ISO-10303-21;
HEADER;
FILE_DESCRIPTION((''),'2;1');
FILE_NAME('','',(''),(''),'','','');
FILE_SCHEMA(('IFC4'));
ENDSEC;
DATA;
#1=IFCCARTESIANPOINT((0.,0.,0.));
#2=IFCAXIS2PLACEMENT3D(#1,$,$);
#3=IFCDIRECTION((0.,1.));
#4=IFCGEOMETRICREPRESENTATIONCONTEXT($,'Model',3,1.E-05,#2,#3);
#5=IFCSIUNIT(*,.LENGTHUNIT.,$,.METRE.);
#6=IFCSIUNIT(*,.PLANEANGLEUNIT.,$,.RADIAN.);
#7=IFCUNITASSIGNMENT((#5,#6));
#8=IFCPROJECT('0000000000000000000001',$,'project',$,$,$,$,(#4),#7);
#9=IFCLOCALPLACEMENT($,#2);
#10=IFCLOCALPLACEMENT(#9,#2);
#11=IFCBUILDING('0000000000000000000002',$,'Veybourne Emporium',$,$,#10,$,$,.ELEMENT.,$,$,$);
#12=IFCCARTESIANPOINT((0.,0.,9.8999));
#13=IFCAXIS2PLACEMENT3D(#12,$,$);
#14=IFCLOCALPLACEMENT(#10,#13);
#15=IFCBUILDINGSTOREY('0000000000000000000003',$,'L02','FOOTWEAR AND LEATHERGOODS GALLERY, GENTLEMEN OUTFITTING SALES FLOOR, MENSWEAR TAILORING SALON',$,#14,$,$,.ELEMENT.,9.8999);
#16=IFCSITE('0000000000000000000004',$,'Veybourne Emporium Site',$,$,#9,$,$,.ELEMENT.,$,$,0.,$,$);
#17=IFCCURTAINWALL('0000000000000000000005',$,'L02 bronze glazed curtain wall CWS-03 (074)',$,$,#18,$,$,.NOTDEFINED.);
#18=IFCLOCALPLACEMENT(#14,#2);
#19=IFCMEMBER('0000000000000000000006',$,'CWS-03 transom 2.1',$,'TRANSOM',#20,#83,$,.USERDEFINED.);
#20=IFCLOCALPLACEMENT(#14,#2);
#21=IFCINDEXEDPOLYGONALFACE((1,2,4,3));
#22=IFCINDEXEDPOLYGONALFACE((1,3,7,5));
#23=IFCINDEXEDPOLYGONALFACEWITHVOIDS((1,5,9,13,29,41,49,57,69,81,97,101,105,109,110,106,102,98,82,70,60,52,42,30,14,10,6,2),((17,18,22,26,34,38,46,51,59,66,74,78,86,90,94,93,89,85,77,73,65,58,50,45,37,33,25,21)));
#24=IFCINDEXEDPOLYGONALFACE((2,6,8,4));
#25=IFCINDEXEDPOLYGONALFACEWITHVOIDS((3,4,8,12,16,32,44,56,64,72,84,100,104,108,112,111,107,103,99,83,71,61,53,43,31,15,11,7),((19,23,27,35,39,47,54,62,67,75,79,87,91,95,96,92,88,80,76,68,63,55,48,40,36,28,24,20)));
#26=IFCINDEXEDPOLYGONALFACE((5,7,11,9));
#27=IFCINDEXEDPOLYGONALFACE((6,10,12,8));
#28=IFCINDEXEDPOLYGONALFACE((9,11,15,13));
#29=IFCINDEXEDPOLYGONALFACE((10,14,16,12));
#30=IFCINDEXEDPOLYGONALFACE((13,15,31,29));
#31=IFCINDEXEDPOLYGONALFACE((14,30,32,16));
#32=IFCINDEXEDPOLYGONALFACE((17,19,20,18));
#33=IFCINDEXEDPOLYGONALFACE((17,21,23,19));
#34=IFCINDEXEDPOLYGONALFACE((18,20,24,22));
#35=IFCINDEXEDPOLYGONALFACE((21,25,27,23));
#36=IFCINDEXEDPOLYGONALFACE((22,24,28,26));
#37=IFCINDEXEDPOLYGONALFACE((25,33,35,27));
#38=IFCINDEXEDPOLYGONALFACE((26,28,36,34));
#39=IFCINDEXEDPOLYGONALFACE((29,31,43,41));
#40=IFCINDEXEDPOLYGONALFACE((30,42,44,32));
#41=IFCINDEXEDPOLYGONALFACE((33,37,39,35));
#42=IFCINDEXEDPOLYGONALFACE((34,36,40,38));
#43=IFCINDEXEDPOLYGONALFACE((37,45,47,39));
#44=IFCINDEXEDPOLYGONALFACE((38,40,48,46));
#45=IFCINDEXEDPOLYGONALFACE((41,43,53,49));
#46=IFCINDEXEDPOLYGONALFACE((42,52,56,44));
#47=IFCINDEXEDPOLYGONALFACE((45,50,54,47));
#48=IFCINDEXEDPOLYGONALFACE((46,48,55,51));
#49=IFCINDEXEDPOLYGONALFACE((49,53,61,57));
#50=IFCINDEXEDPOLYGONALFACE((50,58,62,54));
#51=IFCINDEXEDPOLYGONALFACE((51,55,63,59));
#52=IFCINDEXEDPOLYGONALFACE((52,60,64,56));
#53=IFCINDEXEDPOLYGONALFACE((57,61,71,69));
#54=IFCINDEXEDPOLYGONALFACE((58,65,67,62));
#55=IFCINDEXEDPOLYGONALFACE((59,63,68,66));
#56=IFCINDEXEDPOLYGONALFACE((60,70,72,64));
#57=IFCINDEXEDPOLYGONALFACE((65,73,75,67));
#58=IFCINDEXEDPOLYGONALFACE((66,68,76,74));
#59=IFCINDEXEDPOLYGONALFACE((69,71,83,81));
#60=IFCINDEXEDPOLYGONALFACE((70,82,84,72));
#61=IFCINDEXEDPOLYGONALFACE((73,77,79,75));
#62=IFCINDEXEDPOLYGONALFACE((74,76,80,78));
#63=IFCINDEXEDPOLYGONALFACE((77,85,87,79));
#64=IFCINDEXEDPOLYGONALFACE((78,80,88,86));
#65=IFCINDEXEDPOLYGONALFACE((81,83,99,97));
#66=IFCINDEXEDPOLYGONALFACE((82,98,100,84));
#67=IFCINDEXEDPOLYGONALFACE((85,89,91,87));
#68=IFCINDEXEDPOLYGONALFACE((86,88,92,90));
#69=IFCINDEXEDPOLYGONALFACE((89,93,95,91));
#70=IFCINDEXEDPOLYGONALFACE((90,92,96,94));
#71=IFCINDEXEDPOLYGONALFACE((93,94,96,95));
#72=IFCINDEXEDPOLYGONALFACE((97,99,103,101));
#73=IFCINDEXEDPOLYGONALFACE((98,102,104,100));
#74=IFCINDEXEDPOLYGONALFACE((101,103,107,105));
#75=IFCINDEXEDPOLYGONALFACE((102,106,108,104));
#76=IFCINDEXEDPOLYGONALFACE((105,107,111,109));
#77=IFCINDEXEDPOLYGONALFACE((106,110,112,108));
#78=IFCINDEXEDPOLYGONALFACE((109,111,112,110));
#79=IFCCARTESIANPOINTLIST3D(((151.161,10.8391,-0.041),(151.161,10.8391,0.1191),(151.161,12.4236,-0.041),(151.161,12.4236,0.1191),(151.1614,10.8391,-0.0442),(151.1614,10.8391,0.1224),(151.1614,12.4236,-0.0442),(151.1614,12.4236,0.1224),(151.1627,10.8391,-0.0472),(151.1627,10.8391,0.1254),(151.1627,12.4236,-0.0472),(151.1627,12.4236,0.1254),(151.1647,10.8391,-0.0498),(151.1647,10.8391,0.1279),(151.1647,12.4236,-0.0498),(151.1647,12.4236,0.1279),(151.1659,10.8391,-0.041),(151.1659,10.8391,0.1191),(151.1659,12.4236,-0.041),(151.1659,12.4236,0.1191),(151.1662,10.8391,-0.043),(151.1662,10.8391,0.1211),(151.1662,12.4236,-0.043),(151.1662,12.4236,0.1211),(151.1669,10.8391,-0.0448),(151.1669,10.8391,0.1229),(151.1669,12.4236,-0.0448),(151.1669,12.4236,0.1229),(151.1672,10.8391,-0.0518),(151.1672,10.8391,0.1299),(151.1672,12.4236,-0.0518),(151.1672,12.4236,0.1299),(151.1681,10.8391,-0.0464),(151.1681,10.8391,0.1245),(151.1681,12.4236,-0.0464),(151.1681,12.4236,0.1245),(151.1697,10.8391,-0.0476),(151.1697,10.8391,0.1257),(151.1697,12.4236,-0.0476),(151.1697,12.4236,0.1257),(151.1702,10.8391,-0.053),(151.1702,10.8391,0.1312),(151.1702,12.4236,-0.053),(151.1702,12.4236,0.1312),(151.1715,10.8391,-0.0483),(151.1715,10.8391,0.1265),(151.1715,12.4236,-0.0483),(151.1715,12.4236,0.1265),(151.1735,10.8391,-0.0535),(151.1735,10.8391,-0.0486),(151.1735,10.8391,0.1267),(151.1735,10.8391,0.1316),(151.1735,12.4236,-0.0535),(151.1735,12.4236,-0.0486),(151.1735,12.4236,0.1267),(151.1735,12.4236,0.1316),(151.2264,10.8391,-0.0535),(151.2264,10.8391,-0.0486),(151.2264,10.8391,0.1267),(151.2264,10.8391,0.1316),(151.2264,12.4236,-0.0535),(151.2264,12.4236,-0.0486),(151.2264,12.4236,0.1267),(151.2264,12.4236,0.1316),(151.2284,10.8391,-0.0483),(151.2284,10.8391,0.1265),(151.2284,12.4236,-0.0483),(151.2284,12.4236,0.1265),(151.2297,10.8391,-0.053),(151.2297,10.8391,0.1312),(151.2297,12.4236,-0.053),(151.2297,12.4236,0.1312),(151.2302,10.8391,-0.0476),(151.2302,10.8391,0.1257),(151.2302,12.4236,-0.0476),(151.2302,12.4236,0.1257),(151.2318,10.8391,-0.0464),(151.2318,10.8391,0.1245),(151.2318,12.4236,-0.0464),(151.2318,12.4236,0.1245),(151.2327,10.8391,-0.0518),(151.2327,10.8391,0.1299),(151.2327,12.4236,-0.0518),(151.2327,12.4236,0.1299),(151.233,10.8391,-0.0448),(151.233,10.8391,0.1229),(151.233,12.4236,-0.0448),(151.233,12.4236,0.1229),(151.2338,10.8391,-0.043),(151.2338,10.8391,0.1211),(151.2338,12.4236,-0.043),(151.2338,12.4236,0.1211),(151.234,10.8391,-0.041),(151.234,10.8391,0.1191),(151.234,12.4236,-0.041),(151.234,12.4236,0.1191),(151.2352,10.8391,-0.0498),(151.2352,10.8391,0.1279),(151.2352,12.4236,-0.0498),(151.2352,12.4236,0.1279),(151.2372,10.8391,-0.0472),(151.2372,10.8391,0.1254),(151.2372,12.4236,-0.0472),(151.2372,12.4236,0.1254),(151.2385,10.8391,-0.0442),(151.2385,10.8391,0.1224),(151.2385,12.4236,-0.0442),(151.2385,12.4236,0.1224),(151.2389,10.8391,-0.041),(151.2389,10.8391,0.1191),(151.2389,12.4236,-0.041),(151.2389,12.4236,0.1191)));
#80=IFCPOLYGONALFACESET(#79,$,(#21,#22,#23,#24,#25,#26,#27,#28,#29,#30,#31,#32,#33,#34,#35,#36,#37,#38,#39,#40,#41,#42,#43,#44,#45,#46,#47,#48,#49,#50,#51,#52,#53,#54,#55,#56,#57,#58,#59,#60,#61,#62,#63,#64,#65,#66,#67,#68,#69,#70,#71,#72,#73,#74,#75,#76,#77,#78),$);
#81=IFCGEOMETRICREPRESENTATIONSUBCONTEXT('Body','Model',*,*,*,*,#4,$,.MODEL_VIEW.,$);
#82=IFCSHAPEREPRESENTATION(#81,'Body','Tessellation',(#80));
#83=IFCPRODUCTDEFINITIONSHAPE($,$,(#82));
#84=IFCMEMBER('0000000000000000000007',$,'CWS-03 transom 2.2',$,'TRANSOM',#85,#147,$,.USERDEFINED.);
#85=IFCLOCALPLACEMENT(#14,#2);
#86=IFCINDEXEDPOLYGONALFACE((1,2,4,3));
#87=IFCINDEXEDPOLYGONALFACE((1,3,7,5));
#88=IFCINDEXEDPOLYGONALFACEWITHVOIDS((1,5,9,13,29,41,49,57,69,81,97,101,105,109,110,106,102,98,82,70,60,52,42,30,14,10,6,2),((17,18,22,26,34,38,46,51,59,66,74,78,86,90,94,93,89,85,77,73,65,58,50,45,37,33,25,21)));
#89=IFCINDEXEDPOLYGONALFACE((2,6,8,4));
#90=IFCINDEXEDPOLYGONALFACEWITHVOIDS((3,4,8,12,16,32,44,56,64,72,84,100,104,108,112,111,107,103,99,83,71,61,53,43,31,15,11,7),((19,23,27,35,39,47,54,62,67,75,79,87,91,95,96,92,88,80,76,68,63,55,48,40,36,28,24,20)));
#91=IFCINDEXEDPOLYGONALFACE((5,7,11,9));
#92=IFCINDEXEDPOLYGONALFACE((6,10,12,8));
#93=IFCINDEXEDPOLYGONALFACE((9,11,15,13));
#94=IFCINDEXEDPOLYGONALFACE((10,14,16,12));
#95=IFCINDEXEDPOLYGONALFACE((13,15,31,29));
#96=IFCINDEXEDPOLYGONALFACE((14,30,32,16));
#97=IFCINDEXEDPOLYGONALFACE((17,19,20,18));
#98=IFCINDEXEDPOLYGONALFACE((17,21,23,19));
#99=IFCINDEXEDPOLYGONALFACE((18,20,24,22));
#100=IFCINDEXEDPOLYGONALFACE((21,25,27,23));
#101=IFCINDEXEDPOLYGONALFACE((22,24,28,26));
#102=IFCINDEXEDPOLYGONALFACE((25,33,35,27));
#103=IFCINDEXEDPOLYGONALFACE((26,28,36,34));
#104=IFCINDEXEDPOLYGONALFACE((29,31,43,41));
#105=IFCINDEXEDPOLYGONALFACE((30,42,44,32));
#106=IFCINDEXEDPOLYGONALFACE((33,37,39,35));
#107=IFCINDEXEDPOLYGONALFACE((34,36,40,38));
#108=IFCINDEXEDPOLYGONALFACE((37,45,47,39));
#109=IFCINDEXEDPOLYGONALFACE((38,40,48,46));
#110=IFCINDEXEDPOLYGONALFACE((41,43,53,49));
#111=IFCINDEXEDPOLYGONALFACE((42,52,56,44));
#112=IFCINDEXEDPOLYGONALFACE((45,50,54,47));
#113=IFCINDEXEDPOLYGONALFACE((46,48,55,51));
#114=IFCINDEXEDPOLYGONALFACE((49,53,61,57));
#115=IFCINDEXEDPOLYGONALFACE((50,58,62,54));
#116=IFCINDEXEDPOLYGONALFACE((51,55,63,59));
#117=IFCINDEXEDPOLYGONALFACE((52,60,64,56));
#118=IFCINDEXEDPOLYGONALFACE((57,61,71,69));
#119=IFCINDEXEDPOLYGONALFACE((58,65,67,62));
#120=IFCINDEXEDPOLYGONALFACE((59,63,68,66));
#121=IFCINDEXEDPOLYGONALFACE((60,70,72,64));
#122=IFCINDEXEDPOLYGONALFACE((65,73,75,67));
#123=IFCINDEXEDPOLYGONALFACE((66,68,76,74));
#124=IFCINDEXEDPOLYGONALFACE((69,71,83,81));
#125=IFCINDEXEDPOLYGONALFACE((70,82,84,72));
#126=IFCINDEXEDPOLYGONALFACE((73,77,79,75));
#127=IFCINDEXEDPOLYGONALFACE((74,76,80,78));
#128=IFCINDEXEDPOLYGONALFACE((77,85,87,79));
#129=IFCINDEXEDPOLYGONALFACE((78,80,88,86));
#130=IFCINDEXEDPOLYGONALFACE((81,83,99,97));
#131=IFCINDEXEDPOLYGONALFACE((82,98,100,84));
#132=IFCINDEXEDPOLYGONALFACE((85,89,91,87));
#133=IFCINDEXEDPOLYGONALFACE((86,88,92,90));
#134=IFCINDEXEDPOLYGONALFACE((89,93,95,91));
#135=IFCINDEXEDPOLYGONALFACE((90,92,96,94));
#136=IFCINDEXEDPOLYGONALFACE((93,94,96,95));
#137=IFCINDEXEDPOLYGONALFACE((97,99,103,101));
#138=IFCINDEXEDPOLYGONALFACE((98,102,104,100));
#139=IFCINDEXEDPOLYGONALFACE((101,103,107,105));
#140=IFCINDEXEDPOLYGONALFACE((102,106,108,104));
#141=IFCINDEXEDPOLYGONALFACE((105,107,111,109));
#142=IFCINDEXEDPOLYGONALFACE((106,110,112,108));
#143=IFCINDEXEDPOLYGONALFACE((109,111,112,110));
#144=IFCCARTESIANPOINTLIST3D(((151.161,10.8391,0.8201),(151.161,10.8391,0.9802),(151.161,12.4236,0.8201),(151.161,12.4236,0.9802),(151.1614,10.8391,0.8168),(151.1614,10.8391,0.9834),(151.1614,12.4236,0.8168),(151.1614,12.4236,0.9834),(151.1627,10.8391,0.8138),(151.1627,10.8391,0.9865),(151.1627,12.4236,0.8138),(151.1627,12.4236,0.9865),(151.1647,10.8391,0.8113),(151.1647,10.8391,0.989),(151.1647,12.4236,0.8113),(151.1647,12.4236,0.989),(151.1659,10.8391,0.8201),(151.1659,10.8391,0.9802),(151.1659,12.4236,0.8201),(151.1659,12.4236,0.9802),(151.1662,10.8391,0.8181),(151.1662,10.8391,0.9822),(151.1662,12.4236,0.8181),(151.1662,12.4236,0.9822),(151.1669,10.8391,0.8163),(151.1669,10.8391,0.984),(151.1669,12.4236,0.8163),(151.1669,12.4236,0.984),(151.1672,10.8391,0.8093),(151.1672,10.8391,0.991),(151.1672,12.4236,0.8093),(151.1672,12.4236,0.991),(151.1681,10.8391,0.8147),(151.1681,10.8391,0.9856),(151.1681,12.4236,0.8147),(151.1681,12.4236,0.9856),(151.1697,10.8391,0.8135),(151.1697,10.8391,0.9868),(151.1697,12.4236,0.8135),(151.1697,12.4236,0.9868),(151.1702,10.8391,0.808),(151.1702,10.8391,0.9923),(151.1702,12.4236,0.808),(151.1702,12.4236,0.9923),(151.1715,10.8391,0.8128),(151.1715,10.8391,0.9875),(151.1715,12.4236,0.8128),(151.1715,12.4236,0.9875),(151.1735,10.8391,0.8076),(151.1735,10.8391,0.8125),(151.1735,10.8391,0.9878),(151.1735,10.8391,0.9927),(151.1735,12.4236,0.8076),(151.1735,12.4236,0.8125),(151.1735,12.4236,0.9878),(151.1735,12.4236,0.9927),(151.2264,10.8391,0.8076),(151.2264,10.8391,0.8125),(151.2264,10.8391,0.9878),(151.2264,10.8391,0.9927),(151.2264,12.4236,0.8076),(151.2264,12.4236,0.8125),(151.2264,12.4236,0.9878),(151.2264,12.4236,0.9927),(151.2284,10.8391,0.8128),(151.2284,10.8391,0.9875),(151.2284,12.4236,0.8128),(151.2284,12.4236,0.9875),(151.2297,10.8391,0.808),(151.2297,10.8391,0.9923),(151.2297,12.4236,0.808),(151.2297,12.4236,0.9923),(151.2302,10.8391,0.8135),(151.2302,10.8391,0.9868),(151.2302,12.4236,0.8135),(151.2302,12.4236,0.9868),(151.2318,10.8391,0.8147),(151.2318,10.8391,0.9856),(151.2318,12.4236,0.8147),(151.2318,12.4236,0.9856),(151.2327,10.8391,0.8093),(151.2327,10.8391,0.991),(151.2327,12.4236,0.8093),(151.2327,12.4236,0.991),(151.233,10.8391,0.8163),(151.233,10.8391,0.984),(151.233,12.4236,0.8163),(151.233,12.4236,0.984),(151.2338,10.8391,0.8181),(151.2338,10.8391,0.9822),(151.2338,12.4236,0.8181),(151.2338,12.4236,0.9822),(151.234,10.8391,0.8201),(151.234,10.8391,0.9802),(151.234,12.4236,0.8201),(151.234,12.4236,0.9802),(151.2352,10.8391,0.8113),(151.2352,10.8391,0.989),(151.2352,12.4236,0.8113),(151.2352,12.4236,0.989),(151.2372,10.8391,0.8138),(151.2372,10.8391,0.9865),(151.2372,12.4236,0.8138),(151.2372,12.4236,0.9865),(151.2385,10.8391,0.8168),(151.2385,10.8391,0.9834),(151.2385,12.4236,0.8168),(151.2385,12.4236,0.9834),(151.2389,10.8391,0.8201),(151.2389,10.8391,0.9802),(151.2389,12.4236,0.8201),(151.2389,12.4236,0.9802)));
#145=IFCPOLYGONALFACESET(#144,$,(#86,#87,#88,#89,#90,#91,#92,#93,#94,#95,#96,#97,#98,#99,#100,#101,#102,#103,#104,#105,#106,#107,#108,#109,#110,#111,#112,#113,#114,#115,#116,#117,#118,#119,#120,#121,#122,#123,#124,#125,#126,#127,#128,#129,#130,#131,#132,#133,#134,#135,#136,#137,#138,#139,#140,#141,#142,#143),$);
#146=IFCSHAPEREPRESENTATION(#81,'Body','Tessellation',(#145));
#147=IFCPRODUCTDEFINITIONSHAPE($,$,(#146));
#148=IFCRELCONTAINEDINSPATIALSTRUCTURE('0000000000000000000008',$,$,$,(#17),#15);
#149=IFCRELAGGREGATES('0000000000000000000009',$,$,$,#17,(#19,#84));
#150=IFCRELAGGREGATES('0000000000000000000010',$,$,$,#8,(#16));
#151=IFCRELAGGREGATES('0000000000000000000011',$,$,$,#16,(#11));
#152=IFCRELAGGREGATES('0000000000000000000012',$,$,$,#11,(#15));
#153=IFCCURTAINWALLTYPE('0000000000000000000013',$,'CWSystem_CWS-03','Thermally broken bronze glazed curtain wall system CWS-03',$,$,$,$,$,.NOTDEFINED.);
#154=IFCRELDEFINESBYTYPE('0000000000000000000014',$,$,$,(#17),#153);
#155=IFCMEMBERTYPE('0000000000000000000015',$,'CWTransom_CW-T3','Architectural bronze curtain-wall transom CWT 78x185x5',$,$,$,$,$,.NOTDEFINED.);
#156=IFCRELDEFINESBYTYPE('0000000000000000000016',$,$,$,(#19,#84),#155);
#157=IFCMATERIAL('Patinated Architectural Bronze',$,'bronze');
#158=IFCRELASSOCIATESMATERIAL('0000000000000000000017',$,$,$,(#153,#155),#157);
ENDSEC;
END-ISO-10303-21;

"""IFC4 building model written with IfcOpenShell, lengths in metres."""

from ifc_helpers import new_model, si_unit, direction, frame, origin, origin_2d, place, context, subcontext, project, spatial, hollow_rectangle, extrude, material, material_profile, profile_set, type_object, element, aggregate, save


model = new_model("IFC4")

# Units and contexts
model_context = context("Model", 3, precision=1e-05, world=origin(), true_north=direction((0.0, 1.0)))
body_context = subcontext(model_context, "Body", "Model", "MODEL_VIEW")
ifc_project = project(units=[si_unit("LENGTHUNIT", "METRE"), si_unit("PLANEANGLEUNIT", "RADIAN")], contexts=[model_context])

# Site, building, storey
site_placement = place(None, origin())
site = spatial("IfcSite", under=ifc_project, at=site_placement, Name="Veybourne Emporium Site", CompositionType="ELEMENT", RefElevation=0.0)
building_placement = place(site_placement, origin())
building = spatial("IfcBuilding", under=site, at=building_placement, Name="Veybourne Emporium", CompositionType="ELEMENT")
storey_placement = place(building_placement, frame((0.0, 0.0, 9.8999)))
storey = spatial("IfcBuildingStorey", under=building, at=storey_placement, Name="L02", Description="FOOTWEAR AND LEATHERGOODS GALLERY, GENTLEMEN OUTFITTING SALES FLOOR, MENSWEAR TAILORING SALON", CompositionType="ELEMENT", Elevation=9.8999)

# Curtain wall
ifc_material_1 = material(Name="Patinated Architectural Bronze", Category="bronze")
curtain_wall_type_1 = type_object("IfcCurtainWallType", Name="CWSystem_CWS-03", Description="Thermally broken bronze glazed curtain wall system CWS-03", PredefinedType="NOTDEFINED", material=ifc_material_1)
curtain_wall_1_placement = place(storey_placement, origin())
curtain_wall_1 = element("IfcCurtainWall", 1, at=curtain_wall_1_placement, inside=storey, type_object=curtain_wall_type_1, Name="L02 bronze glazed curtain wall CWS-03 (074)", PredefinedType="NOTDEFINED")

# Members
ifc_material_profile_1 = material_profile(ifc_material_1, hollow_rectangle(XDim=0.0779, YDim=0.1851, WallThickness=0.0049, InnerFilletRadius=0.0076, OuterFilletRadius=0.0125, at=origin_2d()), Name="CWT 78x185x5")
ifc_profile_set_1 = profile_set([ifc_material_profile_1], Name="Patinated Architectural Bronze")
member_type_1 = type_object("IfcMemberType", Name="CWTransom_CW-T3", Description="Architectural bronze curtain-wall transom CWT 78x185x5", PredefinedType="NOTDEFINED", material=ifc_profile_set_1)
member_1_placement = place(storey_placement, frame((151.2, 12.4236, 0.0391), z_axis=(0.0, -1.0, 0.0), x_axis=(1.0, 0.0, 0.0)))
member_1 = element("IfcMember", 2, at=member_1_placement, type_object=member_type_1, Name="CWS-03 transom 2.1", ObjectType="TRANSOM", PredefinedType="USERDEFINED", context=body_context, shape_type="SweptSolid", body=[
    extrude(hollow_rectangle(XDim=0.0779, YDim=0.1851, WallThickness=0.0049, InnerFilletRadius=0.0076, OuterFilletRadius=0.0125, at=origin_2d()), origin(), (0.0, 0.0, 1.0), 1.5845),
])
member_2_placement = place(storey_placement, frame((151.2, 12.4236, 0.9001), z_axis=(0.0, -1.0, 0.0), x_axis=(1.0, 0.0, 0.0)))
member_2 = element("IfcMember", 3, at=member_2_placement, type_object=member_type_1, Name="CWS-03 transom 2.2", ObjectType="TRANSOM", PredefinedType="USERDEFINED", context=body_context, shape_type="SweptSolid", body=[
    extrude(hollow_rectangle(XDim=0.0779, YDim=0.1851, WallThickness=0.0049, InnerFilletRadius=0.0076, OuterFilletRadius=0.0125, at=origin_2d()), origin(), (0.0, 0.0, 1.0), 1.5845),
])

aggregate(curtain_wall_1, [member_1, member_2])

save(model, "model.ifc")
